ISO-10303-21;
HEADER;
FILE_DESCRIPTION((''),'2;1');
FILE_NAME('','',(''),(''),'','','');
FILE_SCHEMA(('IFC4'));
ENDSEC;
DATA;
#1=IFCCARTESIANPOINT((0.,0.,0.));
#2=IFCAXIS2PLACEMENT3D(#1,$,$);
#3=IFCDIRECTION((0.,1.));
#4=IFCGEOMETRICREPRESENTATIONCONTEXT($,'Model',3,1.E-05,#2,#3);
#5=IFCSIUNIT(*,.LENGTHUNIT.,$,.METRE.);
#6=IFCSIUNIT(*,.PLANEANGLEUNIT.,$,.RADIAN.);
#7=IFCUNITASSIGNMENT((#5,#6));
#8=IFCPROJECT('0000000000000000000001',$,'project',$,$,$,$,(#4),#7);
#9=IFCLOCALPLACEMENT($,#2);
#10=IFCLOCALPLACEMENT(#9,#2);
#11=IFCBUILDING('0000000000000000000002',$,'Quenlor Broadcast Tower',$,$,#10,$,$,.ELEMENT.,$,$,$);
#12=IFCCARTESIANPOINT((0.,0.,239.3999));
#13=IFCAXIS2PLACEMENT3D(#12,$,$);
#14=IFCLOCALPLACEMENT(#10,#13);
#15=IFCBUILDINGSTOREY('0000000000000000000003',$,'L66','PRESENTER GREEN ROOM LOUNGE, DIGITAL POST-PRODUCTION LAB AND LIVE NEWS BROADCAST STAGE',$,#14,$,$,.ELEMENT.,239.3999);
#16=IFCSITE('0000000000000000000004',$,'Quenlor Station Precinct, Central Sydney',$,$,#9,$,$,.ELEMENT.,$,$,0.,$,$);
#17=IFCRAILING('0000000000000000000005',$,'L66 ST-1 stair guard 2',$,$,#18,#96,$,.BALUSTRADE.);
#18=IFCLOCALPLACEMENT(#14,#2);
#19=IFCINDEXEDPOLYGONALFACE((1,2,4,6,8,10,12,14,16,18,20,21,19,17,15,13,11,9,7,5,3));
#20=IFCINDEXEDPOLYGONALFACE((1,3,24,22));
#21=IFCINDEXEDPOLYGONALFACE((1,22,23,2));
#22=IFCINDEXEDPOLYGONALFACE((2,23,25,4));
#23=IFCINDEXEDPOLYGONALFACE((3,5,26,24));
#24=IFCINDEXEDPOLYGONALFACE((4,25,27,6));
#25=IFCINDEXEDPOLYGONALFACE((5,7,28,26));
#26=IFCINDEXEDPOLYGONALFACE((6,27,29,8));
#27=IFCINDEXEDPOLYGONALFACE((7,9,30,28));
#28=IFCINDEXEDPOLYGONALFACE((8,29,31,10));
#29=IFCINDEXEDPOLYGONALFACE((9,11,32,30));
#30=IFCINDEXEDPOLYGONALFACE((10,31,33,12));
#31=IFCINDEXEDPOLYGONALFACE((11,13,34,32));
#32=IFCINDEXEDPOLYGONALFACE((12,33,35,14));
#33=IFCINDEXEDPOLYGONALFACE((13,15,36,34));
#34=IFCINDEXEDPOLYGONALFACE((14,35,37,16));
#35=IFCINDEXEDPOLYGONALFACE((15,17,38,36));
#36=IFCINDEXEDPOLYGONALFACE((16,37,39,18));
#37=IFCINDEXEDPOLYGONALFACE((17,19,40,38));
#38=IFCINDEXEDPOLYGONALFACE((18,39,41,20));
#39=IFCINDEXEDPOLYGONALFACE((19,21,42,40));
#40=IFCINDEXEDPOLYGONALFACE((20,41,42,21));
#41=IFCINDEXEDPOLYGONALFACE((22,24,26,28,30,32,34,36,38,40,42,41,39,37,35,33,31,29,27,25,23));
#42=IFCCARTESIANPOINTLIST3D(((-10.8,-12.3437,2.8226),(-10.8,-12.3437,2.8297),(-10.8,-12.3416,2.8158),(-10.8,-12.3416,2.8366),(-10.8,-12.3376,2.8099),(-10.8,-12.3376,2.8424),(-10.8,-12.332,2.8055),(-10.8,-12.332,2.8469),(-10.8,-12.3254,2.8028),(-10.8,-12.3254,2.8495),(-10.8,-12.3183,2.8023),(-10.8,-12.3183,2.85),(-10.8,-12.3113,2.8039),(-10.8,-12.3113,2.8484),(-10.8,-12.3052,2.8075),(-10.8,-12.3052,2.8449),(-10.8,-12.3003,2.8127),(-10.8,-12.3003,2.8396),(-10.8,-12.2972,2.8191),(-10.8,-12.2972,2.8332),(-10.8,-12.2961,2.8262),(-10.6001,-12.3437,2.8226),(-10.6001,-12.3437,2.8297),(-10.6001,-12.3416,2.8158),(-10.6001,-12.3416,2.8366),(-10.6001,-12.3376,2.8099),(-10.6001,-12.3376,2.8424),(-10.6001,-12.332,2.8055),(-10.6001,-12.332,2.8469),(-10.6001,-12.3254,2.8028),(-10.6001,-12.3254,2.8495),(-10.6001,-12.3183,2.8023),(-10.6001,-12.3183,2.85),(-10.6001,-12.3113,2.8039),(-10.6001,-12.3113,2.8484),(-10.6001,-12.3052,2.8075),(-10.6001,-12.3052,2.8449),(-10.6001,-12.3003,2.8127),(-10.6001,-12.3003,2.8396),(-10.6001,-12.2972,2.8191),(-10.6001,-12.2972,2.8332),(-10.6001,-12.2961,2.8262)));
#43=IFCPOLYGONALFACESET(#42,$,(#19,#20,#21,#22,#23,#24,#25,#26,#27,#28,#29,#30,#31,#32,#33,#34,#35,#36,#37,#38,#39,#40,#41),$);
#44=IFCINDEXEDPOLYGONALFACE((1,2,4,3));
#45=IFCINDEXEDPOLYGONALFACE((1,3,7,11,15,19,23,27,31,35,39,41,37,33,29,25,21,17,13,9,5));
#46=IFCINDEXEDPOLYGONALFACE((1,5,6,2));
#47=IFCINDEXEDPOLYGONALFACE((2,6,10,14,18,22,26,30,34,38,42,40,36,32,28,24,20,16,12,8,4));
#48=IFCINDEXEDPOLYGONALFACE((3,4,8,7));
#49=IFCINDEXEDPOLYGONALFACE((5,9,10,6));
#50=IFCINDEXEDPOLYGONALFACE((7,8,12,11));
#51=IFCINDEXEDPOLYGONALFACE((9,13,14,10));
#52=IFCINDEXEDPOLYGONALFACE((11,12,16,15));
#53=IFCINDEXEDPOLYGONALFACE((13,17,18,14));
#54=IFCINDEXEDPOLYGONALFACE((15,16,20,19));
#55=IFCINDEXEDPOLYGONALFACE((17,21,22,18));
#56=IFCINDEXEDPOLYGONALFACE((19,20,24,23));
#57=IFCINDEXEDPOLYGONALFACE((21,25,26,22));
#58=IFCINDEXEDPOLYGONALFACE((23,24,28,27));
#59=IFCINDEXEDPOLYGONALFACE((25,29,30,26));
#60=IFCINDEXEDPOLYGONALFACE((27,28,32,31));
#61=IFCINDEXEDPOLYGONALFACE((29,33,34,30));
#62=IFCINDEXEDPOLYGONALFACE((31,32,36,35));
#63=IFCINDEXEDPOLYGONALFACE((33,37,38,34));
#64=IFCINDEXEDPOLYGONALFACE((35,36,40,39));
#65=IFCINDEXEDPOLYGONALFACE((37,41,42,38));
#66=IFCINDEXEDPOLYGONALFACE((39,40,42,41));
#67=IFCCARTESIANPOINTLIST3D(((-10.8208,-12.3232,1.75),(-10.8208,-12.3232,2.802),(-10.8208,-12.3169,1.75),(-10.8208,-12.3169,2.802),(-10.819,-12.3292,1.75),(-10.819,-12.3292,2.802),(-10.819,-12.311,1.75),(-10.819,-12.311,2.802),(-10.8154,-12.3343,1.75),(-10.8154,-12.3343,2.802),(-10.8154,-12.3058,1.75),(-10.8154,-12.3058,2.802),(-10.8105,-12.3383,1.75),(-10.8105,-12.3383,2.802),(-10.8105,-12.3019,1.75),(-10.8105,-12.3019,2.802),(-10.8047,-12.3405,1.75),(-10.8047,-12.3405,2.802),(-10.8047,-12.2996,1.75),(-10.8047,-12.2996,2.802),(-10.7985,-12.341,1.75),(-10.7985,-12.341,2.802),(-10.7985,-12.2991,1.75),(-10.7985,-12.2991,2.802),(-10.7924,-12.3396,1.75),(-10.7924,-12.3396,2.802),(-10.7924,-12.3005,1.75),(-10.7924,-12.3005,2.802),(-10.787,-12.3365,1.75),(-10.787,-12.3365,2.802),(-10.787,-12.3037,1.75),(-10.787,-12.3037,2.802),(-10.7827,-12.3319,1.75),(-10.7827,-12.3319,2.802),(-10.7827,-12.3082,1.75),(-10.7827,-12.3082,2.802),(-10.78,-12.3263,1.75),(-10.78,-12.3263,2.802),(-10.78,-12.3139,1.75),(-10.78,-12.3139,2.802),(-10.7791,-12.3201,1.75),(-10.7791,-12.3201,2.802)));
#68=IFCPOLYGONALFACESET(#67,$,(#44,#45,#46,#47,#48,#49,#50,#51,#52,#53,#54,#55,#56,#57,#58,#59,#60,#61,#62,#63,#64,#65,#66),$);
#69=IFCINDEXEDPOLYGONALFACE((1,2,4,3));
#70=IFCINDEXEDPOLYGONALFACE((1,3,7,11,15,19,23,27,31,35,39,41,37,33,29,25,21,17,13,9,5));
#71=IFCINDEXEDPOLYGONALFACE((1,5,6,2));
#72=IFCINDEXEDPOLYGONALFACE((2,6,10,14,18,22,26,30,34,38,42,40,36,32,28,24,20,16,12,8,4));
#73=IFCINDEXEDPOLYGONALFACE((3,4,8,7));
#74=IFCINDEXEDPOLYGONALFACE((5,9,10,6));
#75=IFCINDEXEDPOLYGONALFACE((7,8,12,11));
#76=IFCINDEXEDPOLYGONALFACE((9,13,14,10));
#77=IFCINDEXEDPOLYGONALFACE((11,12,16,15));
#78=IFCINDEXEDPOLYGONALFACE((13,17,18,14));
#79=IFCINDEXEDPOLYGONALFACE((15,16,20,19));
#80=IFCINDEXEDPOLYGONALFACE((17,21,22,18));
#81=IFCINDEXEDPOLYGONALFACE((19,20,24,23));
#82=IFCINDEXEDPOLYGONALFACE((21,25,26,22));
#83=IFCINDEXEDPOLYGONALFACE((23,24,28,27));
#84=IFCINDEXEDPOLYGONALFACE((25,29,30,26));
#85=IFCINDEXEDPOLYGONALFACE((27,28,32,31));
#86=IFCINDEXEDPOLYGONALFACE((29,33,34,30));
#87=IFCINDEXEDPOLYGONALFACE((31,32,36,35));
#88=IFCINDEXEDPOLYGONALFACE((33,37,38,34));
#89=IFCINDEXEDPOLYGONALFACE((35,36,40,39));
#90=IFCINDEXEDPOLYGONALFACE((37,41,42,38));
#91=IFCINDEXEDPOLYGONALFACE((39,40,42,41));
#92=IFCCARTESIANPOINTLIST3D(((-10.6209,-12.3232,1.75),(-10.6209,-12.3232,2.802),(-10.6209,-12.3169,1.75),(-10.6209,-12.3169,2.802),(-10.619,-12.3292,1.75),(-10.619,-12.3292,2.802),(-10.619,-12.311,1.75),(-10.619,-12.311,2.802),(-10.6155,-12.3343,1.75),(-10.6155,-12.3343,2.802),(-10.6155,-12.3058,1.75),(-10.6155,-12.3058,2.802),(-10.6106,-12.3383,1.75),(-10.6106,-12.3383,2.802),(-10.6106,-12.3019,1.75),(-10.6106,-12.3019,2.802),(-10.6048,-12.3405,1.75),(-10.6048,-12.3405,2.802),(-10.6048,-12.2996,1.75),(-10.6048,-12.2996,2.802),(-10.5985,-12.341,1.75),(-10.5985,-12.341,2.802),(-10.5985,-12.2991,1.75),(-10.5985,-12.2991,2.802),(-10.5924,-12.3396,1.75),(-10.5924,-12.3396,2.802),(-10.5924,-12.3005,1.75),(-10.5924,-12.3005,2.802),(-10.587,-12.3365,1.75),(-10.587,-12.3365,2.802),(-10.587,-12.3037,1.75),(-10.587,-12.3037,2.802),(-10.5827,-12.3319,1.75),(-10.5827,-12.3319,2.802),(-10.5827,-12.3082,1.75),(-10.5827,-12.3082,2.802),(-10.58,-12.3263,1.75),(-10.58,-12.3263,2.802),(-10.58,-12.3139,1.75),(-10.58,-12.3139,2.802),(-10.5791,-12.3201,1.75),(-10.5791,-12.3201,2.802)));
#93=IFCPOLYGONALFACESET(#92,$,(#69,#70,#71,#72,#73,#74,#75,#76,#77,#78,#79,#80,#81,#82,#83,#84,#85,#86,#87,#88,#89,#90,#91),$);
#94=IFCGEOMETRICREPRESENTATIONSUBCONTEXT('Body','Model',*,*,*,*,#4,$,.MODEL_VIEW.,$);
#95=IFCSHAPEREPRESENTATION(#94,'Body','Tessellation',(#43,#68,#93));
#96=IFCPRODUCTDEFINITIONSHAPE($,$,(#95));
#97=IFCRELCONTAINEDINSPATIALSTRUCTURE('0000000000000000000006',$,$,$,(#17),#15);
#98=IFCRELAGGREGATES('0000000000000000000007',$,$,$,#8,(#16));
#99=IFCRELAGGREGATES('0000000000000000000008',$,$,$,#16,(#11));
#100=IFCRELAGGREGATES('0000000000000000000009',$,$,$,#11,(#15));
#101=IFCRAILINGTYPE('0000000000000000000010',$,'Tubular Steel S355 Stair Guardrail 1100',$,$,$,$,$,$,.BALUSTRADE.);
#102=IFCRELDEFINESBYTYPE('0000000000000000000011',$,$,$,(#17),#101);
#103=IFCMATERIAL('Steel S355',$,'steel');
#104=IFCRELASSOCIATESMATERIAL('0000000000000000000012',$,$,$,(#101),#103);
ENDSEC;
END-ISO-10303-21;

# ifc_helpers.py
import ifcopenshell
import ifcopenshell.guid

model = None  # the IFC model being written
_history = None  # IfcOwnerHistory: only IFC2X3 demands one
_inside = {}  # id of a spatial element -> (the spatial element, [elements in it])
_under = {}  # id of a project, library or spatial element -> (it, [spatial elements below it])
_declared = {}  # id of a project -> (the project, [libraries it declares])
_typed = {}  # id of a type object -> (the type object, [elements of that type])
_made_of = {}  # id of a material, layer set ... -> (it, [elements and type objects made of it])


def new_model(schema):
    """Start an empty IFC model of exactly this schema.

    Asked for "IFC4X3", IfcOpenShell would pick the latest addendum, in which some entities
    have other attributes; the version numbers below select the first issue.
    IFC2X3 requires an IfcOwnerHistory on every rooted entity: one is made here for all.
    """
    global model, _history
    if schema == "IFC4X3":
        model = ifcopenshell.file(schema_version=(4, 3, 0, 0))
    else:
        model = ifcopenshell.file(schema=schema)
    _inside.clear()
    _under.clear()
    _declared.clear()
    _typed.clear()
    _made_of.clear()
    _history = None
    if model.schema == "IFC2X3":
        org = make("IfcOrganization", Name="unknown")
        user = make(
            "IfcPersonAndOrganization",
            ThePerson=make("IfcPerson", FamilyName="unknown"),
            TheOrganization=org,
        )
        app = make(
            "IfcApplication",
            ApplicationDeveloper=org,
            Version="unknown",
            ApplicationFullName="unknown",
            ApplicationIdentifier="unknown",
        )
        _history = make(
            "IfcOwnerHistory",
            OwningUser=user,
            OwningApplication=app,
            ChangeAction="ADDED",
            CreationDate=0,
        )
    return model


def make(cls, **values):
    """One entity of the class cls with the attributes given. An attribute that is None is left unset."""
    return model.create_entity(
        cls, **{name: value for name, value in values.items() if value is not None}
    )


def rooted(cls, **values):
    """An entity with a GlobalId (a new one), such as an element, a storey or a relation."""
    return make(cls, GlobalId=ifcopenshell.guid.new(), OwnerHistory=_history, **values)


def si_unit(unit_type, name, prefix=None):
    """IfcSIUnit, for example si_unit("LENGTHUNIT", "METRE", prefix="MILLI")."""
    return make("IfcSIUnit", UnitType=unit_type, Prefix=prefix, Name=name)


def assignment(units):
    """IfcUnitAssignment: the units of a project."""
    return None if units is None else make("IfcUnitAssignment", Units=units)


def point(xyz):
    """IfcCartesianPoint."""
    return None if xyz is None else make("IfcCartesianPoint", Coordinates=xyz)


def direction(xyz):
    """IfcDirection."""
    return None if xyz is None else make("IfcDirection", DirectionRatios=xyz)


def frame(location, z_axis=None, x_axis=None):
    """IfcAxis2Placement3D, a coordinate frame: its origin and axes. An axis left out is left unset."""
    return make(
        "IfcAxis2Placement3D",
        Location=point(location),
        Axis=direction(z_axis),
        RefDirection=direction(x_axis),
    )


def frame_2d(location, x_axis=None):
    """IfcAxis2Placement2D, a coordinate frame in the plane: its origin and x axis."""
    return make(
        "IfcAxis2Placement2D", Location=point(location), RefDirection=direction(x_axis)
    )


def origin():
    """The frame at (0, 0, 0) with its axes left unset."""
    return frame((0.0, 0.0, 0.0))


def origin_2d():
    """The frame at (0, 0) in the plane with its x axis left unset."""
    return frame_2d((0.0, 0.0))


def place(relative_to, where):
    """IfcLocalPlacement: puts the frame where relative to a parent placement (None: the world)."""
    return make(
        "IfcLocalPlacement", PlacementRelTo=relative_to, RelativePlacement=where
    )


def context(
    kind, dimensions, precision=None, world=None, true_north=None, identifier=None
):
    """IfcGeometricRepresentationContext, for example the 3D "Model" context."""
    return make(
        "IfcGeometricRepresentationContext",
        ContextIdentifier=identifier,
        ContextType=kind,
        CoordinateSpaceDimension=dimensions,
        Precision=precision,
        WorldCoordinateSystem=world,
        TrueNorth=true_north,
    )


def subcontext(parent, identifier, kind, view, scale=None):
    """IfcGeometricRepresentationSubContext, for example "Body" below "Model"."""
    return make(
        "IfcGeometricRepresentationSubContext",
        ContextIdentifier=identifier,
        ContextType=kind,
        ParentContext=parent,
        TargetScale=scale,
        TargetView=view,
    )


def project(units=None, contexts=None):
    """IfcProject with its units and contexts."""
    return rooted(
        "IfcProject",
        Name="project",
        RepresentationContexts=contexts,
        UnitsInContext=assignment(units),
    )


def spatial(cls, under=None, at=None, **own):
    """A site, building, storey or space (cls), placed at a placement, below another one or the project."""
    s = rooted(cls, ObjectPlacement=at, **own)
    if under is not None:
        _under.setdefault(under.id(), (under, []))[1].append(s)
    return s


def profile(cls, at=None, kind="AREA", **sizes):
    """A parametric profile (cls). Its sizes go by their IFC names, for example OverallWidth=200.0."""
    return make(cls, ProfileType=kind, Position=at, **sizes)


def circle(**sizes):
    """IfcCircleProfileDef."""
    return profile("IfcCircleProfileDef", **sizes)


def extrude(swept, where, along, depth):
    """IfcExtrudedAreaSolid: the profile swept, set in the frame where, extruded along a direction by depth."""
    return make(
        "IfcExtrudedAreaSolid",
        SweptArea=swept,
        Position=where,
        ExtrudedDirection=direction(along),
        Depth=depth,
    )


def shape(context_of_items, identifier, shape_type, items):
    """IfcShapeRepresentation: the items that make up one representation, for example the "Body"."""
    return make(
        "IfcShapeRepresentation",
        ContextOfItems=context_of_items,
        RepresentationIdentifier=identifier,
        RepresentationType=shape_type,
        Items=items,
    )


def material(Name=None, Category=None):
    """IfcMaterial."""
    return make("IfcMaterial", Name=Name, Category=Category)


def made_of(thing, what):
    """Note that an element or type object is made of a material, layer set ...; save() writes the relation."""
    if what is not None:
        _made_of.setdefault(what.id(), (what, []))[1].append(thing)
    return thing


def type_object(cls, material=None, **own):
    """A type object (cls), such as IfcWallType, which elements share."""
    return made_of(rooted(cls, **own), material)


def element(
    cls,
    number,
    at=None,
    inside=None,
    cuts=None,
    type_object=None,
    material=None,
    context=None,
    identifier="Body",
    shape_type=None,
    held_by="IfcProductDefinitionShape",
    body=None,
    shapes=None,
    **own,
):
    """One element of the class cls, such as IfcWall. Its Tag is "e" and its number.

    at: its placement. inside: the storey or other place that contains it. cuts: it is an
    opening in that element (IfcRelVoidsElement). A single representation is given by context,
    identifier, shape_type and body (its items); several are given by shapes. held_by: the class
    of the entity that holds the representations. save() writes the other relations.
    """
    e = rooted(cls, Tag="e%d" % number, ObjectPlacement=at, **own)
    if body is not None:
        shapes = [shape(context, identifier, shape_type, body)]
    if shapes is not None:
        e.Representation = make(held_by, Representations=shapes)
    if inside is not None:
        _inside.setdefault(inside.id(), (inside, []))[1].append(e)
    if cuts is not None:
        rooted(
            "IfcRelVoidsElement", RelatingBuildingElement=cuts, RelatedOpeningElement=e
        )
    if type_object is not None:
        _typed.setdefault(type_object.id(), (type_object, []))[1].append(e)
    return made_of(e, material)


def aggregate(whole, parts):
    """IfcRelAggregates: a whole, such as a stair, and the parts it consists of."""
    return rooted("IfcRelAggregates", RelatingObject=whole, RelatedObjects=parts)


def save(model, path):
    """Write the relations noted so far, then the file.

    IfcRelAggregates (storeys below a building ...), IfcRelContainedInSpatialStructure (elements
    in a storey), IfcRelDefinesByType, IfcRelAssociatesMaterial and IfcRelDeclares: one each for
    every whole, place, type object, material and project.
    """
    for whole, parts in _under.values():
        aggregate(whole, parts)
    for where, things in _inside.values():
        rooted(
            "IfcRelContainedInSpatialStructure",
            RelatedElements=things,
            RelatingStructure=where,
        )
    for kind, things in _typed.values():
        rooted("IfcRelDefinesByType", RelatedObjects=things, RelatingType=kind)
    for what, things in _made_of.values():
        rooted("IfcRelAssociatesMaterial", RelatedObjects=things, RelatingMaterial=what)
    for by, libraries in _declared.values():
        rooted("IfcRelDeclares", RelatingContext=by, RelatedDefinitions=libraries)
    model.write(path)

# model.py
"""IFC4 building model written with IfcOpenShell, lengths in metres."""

from ifc_helpers import new_model, si_unit, direction, frame, origin, origin_2d, place, context, subcontext, project, spatial, circle, extrude, material, type_object, element, save


model = new_model("IFC4")

# Units and contexts
model_context = context("Model", 3, precision=1e-05, world=origin(), true_north=direction((0.0, 1.0)))
body_context = subcontext(model_context, "Body", "Model", "MODEL_VIEW")
ifc_project = project(units=[si_unit("LENGTHUNIT", "METRE"), si_unit("PLANEANGLEUNIT", "RADIAN")], contexts=[model_context])

# Site, building, storey
site_placement = place(None, origin())
site = spatial("IfcSite", under=ifc_project, at=site_placement, Name="Quenlor Station Precinct, Central Sydney", CompositionType="ELEMENT", RefElevation=0.0)
building_placement = place(site_placement, origin())
building = spatial("IfcBuilding", under=site, at=building_placement, Name="Quenlor Broadcast Tower", CompositionType="ELEMENT")
storey_placement = place(building_placement, frame((0.0, 0.0, 239.3999)))
storey = spatial("IfcBuildingStorey", under=building, at=storey_placement, Name="L66", Description="PRESENTER GREEN ROOM LOUNGE, DIGITAL POST-PRODUCTION LAB AND LIVE NEWS BROADCAST STAGE", CompositionType="ELEMENT", Elevation=239.3999)

# Railing
ifc_material_1 = material(Name="Steel S355", Category="steel")
railing_type_1 = type_object("IfcRailingType", Name="Tubular Steel S355 Stair Guardrail 1100", PredefinedType="BALUSTRADE", material=ifc_material_1)
railing_1_placement = place(storey_placement, frame((-10.8, -12.3201, 1.75)))
element("IfcRailing", 1, at=railing_1_placement, inside=storey, type_object=railing_type_1, Name="L66 ST-1 stair guard 2", PredefinedType="BALUSTRADE", context=body_context, shape_type="SweptSolid", body=[
    extrude(circle(Radius=0.0239, at=origin_2d()), frame((0.0, 0.0, 1.0762), z_axis=(1.0, 0.0, 0.0), x_axis=(0.0, 1.0, 0.0)), (0.0, 0.0, 1.0), 0.2),
    extrude(circle(Radius=0.021, at=origin_2d()), origin(), (0.0, 0.0, 1.0), 1.052),
    extrude(circle(Radius=0.021, at=origin_2d()), frame((0.2, 0.0, 0.0)), (0.0, 0.0, 1.0), 1.052),
])

save(model, "model.ifc")
